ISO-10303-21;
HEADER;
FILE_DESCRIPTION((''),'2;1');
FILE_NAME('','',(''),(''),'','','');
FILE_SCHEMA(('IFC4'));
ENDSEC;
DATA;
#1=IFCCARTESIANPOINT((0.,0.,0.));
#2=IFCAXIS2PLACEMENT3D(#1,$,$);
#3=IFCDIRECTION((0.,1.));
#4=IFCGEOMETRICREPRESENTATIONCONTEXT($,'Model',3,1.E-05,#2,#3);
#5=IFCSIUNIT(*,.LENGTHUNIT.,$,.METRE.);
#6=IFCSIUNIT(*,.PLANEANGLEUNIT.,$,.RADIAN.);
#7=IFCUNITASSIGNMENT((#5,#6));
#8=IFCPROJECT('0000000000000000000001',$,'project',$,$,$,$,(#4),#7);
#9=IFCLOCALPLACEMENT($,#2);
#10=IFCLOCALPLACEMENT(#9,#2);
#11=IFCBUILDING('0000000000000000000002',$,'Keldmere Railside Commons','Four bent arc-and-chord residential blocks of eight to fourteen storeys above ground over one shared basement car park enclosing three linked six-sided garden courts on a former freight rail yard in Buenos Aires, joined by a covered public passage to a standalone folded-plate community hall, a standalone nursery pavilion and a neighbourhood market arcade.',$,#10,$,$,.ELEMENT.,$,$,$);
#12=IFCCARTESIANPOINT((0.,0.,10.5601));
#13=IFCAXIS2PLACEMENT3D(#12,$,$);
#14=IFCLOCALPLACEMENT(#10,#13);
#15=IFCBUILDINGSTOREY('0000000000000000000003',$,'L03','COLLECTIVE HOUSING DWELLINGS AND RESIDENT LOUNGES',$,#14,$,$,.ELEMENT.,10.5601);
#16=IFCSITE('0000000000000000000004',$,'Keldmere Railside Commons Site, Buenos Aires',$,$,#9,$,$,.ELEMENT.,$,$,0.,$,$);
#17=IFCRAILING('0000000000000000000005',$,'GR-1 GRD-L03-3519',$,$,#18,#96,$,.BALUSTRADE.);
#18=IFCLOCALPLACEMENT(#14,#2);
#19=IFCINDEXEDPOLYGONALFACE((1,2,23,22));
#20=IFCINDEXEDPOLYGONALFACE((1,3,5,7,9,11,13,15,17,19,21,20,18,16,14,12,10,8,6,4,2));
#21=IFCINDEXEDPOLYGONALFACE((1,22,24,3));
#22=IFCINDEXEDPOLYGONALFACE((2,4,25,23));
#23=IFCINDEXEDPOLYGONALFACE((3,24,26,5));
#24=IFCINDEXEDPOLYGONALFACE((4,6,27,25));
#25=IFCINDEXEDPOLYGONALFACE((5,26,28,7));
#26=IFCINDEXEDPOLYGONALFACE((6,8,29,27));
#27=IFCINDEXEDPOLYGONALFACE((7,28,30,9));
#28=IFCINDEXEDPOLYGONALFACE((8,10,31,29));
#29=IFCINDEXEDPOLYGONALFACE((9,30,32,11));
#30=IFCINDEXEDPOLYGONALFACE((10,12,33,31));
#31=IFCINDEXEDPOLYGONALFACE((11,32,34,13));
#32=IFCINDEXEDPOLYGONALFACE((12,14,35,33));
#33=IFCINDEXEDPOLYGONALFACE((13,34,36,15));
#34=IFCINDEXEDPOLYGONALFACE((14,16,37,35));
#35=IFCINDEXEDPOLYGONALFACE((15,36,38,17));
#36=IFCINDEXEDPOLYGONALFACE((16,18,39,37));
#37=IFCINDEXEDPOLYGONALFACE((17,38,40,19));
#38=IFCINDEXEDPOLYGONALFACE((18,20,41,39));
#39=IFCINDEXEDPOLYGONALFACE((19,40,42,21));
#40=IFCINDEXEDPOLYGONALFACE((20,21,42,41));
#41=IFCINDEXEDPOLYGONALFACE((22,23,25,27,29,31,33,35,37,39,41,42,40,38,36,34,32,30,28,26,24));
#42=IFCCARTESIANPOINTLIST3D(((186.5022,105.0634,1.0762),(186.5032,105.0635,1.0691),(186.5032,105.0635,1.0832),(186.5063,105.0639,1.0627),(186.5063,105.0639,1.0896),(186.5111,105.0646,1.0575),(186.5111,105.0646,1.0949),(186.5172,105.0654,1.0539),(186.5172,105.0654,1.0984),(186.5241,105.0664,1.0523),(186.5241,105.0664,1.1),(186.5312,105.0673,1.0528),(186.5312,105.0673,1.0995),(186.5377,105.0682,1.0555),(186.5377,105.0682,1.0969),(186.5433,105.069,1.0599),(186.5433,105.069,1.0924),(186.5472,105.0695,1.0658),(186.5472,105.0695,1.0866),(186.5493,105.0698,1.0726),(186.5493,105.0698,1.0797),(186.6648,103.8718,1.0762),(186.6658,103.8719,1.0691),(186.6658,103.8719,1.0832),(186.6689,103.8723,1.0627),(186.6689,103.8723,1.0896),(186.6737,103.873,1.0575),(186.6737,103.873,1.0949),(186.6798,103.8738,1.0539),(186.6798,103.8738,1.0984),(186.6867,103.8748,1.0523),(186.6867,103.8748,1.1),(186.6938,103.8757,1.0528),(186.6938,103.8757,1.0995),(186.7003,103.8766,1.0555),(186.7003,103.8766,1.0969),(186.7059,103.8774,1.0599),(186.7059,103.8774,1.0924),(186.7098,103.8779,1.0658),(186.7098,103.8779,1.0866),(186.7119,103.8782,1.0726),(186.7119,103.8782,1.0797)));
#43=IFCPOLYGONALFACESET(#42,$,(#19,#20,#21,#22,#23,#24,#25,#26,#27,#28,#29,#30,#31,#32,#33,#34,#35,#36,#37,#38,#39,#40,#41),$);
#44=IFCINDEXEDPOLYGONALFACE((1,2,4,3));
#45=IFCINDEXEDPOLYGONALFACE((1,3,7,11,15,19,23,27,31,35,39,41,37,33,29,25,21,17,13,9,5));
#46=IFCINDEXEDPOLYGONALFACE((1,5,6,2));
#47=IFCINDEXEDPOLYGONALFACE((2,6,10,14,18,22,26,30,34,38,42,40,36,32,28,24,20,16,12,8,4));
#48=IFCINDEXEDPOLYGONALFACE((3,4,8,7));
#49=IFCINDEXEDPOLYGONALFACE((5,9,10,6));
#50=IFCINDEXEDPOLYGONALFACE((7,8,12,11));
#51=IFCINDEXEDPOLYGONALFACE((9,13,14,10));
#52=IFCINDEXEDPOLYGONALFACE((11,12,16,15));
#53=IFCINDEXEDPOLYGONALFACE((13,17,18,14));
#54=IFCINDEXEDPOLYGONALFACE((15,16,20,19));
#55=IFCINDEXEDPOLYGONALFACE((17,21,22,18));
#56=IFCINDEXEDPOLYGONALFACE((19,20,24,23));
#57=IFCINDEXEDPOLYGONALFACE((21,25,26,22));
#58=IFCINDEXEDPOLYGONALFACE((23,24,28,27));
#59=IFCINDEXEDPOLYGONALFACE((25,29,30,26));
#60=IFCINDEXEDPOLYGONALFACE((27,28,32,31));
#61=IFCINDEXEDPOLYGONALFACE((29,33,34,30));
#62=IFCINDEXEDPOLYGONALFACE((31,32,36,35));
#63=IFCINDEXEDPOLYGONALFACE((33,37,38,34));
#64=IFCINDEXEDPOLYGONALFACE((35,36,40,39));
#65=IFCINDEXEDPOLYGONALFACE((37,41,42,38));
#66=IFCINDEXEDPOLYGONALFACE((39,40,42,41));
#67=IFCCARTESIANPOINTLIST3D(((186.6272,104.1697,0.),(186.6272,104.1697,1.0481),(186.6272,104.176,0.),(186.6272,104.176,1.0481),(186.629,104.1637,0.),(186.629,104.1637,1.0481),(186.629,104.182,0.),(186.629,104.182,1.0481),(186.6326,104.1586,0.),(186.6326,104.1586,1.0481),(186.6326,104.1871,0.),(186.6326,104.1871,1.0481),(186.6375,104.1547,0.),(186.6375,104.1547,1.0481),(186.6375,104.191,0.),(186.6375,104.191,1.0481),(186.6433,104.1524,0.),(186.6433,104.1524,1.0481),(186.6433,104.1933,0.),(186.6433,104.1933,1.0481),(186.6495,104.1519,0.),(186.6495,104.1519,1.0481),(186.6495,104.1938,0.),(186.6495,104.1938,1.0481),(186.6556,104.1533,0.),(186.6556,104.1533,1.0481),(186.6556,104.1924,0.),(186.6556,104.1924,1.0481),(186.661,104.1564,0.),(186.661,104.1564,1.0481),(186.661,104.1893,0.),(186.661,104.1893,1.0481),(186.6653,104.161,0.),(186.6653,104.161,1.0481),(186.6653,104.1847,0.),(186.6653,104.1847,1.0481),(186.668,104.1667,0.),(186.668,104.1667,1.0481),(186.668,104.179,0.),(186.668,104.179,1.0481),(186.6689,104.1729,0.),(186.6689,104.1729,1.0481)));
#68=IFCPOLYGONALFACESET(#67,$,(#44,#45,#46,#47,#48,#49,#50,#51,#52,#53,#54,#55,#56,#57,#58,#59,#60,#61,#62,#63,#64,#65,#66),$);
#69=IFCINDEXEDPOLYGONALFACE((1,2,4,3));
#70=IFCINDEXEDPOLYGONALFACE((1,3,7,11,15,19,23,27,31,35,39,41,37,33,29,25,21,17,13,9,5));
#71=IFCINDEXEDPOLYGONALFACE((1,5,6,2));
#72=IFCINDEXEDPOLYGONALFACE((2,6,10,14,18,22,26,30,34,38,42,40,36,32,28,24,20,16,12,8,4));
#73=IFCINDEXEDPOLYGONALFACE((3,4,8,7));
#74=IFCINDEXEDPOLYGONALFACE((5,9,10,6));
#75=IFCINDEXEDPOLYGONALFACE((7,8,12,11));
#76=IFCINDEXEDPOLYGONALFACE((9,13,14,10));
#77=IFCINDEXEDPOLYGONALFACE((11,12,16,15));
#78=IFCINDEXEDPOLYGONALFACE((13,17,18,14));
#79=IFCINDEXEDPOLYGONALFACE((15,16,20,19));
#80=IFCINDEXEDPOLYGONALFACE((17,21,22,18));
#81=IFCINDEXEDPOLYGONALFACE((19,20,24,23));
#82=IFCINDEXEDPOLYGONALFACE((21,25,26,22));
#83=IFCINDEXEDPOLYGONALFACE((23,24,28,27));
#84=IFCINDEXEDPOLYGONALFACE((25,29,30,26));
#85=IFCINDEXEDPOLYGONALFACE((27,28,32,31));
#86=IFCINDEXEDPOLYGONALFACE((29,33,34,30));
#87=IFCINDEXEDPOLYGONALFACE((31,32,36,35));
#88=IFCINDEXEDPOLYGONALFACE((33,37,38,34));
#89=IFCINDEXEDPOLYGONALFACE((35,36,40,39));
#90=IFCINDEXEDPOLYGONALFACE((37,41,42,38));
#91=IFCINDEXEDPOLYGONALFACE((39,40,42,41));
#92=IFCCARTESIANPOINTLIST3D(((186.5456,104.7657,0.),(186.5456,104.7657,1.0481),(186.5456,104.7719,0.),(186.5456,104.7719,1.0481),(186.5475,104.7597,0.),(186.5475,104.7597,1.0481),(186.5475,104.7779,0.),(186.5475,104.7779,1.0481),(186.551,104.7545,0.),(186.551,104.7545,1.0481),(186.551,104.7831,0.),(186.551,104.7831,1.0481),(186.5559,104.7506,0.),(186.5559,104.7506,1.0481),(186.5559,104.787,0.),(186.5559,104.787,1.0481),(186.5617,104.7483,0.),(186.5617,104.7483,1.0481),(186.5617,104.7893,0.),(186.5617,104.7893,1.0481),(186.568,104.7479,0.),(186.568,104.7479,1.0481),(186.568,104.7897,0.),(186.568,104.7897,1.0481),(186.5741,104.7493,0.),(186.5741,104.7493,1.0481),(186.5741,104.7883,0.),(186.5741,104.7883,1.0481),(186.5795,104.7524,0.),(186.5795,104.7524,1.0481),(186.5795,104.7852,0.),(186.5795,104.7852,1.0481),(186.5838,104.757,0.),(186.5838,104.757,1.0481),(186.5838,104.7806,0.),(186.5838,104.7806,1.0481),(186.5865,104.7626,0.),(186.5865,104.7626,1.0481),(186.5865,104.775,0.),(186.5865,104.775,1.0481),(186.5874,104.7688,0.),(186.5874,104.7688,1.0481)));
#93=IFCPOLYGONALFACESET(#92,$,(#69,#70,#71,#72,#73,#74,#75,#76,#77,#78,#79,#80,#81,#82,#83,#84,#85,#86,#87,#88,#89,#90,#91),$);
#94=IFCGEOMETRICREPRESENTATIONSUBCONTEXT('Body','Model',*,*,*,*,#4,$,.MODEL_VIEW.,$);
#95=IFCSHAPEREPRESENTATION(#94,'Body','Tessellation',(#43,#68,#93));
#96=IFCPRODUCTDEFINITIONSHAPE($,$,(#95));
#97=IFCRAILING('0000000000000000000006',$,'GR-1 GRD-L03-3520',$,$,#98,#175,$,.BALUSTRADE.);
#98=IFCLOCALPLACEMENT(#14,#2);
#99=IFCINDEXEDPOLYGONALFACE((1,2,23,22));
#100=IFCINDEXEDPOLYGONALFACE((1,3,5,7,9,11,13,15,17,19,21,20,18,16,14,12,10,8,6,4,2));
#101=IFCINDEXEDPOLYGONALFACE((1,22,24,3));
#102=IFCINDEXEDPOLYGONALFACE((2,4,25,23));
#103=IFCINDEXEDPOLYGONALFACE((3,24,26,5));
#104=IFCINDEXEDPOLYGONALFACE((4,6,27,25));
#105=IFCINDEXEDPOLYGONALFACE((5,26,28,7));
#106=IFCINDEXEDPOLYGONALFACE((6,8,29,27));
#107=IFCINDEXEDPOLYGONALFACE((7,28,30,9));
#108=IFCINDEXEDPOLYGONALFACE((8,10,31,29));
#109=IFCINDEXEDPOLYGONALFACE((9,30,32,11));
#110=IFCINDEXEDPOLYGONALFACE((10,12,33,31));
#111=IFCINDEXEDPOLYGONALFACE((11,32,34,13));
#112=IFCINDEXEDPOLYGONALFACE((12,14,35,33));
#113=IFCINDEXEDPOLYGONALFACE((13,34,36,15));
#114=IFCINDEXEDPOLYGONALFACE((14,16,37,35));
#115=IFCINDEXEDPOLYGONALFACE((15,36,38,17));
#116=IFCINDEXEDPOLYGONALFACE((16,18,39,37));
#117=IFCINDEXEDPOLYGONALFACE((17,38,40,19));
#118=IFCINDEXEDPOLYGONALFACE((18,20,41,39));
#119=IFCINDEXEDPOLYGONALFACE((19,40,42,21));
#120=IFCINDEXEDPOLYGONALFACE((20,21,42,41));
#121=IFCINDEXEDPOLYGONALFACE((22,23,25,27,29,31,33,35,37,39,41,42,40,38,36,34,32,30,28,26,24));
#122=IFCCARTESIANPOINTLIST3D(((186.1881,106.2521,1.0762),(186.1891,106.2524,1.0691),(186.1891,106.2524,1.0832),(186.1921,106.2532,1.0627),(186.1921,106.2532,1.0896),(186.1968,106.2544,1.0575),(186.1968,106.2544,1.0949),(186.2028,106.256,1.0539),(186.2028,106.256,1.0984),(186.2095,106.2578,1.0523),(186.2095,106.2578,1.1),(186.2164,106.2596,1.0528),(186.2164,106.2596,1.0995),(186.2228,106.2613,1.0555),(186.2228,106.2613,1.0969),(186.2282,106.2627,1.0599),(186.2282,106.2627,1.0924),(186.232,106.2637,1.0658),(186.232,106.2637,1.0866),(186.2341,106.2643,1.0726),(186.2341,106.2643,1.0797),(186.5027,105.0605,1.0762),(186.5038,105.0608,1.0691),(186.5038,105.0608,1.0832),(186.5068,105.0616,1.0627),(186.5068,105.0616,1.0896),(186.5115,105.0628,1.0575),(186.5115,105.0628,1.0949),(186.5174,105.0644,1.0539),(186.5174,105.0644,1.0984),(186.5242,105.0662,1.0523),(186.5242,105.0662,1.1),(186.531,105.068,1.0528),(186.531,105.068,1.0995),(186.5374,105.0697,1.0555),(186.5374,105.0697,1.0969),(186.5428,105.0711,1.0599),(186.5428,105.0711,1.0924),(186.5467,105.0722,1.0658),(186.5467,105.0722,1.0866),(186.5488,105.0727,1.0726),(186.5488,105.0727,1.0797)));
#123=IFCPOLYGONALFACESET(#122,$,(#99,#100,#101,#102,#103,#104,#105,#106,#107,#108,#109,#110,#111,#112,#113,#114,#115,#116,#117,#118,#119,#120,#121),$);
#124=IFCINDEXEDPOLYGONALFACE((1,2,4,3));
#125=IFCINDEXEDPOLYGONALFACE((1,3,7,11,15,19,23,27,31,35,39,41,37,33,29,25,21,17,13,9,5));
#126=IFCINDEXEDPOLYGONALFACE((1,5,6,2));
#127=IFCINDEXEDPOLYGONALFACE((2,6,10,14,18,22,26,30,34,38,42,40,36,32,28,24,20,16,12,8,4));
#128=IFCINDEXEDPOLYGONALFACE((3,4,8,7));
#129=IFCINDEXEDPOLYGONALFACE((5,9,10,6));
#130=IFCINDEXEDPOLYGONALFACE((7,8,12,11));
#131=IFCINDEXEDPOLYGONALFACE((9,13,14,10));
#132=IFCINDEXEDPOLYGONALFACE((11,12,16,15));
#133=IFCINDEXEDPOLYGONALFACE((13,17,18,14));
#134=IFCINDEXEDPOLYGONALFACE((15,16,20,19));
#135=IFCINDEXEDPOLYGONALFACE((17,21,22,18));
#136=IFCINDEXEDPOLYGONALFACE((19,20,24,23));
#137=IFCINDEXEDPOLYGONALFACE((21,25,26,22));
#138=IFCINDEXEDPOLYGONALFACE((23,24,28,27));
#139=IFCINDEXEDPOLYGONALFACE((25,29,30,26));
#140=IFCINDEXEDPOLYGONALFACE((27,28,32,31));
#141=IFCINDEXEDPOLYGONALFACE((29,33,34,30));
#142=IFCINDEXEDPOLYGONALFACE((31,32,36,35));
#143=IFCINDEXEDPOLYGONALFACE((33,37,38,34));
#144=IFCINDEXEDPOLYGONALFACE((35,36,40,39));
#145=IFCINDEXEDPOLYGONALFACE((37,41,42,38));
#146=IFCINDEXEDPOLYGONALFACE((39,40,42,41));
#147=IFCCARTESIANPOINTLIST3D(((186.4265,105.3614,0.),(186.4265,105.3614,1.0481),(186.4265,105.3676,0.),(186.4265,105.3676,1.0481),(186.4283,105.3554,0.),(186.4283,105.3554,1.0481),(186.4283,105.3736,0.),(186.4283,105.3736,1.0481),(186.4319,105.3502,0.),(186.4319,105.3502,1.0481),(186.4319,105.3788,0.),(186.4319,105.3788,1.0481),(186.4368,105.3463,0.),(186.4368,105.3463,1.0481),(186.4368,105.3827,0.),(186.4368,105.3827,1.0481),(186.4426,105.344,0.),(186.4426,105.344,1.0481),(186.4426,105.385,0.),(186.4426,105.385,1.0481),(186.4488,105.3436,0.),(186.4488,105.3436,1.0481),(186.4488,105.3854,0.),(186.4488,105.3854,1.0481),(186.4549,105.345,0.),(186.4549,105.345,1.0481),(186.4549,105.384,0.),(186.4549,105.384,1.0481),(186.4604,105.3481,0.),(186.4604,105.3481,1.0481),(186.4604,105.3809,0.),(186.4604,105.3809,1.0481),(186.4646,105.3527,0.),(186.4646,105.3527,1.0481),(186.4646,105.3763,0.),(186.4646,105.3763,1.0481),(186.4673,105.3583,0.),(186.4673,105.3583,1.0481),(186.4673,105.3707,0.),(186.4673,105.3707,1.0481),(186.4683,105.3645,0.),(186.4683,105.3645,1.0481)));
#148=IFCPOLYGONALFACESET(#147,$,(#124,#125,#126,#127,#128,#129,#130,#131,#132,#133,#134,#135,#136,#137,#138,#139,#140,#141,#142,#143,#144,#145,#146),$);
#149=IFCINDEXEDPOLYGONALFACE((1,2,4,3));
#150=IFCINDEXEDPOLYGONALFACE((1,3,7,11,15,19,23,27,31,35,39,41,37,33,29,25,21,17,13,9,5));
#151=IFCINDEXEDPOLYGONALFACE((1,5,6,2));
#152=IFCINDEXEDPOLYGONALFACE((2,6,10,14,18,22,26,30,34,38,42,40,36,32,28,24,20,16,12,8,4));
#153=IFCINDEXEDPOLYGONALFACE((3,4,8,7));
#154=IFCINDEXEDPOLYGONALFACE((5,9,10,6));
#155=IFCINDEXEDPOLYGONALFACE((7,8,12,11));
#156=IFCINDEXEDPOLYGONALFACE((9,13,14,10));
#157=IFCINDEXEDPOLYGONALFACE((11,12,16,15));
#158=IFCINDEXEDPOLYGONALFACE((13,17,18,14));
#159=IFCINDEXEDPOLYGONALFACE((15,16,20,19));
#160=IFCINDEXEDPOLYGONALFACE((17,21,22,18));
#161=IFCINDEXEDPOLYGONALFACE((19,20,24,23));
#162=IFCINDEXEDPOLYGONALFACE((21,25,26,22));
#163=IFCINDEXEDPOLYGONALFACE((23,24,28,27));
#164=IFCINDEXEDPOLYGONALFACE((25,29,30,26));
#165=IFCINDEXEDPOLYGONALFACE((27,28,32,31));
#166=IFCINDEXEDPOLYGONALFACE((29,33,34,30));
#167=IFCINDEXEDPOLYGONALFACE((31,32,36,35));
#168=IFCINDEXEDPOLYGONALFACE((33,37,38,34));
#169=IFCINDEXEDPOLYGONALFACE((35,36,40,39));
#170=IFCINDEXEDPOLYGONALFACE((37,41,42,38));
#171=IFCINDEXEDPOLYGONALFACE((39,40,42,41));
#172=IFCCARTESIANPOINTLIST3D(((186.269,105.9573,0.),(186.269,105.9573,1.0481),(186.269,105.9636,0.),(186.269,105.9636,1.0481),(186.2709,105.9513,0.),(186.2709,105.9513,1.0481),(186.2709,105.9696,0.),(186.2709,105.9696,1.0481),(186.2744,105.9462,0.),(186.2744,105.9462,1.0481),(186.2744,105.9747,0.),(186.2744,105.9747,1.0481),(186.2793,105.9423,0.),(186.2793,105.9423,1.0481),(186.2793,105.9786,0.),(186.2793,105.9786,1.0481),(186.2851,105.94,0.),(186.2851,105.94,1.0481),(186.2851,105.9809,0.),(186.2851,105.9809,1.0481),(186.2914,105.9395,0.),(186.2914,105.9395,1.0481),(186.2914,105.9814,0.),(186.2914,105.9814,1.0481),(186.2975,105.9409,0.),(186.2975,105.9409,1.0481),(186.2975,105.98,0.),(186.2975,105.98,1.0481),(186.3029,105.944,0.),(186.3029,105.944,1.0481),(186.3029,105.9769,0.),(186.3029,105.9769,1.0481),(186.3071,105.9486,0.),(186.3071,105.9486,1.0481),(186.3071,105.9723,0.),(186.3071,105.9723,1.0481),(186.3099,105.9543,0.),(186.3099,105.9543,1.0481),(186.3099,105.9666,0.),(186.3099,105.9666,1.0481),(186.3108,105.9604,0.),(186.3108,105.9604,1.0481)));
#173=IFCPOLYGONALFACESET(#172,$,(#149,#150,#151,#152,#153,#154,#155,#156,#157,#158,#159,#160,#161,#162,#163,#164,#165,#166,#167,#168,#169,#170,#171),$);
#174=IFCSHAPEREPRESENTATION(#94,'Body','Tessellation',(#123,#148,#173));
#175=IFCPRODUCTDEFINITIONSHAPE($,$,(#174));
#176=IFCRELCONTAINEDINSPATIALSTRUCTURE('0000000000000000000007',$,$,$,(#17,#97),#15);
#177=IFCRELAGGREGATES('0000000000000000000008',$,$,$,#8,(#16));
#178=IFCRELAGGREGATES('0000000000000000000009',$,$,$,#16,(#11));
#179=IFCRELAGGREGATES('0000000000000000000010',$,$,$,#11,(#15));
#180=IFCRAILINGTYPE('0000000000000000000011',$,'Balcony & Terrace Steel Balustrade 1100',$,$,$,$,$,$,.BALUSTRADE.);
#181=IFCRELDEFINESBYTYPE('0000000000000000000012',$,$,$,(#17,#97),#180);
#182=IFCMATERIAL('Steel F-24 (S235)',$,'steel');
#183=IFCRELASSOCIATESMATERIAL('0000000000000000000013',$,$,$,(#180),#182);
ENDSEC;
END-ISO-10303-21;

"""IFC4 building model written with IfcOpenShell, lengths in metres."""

from ifc_helpers import new_model, si_unit, direction, frame, origin, origin_2d, place, context, subcontext, project, spatial, circle, extrude, material, type_object, element, save


model = new_model("IFC4")

# Units and contexts
model_context = context("Model", 3, precision=1e-05, world=origin(), true_north=direction((0.0, 1.0)))
body_context = subcontext(model_context, "Body", "Model", "MODEL_VIEW")
ifc_project = project(units=[si_unit("LENGTHUNIT", "METRE"), si_unit("PLANEANGLEUNIT", "RADIAN")], contexts=[model_context])

# Site, building, storey
site_placement = place(None, origin())
site = spatial("IfcSite", under=ifc_project, at=site_placement, Name="Keldmere Railside Commons Site, Buenos Aires", CompositionType="ELEMENT", RefElevation=0.0)
building_placement = place(site_placement, origin())
building = spatial("IfcBuilding", under=site, at=building_placement, Name="Keldmere Railside Commons", Description="Four bent arc-and-chord residential blocks of eight to fourteen storeys above ground over one shared basement car park enclosing three linked six-sided garden courts on a former freight rail yard in Buenos Aires, joined by a covered public passage to a standalone folded-plate community hall, a standalone nursery pavilion and a neighbourhood market arcade.", CompositionType="ELEMENT")
storey_placement = place(building_placement, frame((0.0, 0.0, 10.5601)))
storey = spatial("IfcBuildingStorey", under=building, at=storey_placement, Name="L03", Description="COLLECTIVE HOUSING DWELLINGS AND RESIDENT LOUNGES", CompositionType="ELEMENT", Elevation=10.5601)

# Railings
ifc_material_1 = material(Name="Steel F-24 (S235)", Category="steel")
railing_type = type_object("IfcRailingType", Name="Balcony & Terrace Steel Balustrade 1100", PredefinedType="BALUSTRADE", material=ifc_material_1)
railing_1_placement = place(storey_placement, frame((186.6885, 103.875, 0.0)))
element("IfcRailing", 1, at=railing_1_placement, inside=storey, type_object=railing_type, Name="GR-1 GRD-L03-3519", PredefinedType="BALUSTRADE", context=body_context, shape_type="SweptSolid", body=[
    extrude(circle(Radius=0.0239, at=origin_2d()), frame((0.0, 0.0, 1.0762), z_axis=(-0.135195, 0.990819, 0.0), x_axis=(-0.990819, -0.135195, 0.0)), (0.0, 0.0, 1.0), 1.2026),
    extrude(circle(Radius=0.021, at=origin_2d()), frame((-0.0405, 0.2979, 0.0)), (0.0, 0.0, 1.0), 1.0481),
    extrude(circle(Radius=0.021, at=origin_2d()), frame((-0.1221, 0.8938, 0.0)), (0.0, 0.0, 1.0), 1.0481),
])
railing_2_placement = place(storey_placement, frame((186.5259, 105.0667, 0.0)))
element("IfcRailing", 2, at=railing_2_placement, inside=storey, type_object=railing_type, Name="GR-1 GRD-L03-3520", PredefinedType="BALUSTRADE", context=body_context, shape_type="SweptSolid", body=[
    extrude(circle(Radius=0.0239, at=origin_2d()), frame((0.0, 0.0, 1.0762), z_axis=(-0.255332, 0.966854, 0.0), x_axis=(-0.966854, -0.255332, 0.0)), (0.0, 0.0, 1.0), 1.2324),
    extrude(circle(Radius=0.021, at=origin_2d()), frame((-0.0786, 0.2979, 0.0)), (0.0, 0.0, 1.0), 1.0481),
    extrude(circle(Radius=0.021, at=origin_2d()), frame((-0.2361, 0.8938, 0.0)), (0.0, 0.0, 1.0), 1.0481),
])

save(model, "model.ifc")
